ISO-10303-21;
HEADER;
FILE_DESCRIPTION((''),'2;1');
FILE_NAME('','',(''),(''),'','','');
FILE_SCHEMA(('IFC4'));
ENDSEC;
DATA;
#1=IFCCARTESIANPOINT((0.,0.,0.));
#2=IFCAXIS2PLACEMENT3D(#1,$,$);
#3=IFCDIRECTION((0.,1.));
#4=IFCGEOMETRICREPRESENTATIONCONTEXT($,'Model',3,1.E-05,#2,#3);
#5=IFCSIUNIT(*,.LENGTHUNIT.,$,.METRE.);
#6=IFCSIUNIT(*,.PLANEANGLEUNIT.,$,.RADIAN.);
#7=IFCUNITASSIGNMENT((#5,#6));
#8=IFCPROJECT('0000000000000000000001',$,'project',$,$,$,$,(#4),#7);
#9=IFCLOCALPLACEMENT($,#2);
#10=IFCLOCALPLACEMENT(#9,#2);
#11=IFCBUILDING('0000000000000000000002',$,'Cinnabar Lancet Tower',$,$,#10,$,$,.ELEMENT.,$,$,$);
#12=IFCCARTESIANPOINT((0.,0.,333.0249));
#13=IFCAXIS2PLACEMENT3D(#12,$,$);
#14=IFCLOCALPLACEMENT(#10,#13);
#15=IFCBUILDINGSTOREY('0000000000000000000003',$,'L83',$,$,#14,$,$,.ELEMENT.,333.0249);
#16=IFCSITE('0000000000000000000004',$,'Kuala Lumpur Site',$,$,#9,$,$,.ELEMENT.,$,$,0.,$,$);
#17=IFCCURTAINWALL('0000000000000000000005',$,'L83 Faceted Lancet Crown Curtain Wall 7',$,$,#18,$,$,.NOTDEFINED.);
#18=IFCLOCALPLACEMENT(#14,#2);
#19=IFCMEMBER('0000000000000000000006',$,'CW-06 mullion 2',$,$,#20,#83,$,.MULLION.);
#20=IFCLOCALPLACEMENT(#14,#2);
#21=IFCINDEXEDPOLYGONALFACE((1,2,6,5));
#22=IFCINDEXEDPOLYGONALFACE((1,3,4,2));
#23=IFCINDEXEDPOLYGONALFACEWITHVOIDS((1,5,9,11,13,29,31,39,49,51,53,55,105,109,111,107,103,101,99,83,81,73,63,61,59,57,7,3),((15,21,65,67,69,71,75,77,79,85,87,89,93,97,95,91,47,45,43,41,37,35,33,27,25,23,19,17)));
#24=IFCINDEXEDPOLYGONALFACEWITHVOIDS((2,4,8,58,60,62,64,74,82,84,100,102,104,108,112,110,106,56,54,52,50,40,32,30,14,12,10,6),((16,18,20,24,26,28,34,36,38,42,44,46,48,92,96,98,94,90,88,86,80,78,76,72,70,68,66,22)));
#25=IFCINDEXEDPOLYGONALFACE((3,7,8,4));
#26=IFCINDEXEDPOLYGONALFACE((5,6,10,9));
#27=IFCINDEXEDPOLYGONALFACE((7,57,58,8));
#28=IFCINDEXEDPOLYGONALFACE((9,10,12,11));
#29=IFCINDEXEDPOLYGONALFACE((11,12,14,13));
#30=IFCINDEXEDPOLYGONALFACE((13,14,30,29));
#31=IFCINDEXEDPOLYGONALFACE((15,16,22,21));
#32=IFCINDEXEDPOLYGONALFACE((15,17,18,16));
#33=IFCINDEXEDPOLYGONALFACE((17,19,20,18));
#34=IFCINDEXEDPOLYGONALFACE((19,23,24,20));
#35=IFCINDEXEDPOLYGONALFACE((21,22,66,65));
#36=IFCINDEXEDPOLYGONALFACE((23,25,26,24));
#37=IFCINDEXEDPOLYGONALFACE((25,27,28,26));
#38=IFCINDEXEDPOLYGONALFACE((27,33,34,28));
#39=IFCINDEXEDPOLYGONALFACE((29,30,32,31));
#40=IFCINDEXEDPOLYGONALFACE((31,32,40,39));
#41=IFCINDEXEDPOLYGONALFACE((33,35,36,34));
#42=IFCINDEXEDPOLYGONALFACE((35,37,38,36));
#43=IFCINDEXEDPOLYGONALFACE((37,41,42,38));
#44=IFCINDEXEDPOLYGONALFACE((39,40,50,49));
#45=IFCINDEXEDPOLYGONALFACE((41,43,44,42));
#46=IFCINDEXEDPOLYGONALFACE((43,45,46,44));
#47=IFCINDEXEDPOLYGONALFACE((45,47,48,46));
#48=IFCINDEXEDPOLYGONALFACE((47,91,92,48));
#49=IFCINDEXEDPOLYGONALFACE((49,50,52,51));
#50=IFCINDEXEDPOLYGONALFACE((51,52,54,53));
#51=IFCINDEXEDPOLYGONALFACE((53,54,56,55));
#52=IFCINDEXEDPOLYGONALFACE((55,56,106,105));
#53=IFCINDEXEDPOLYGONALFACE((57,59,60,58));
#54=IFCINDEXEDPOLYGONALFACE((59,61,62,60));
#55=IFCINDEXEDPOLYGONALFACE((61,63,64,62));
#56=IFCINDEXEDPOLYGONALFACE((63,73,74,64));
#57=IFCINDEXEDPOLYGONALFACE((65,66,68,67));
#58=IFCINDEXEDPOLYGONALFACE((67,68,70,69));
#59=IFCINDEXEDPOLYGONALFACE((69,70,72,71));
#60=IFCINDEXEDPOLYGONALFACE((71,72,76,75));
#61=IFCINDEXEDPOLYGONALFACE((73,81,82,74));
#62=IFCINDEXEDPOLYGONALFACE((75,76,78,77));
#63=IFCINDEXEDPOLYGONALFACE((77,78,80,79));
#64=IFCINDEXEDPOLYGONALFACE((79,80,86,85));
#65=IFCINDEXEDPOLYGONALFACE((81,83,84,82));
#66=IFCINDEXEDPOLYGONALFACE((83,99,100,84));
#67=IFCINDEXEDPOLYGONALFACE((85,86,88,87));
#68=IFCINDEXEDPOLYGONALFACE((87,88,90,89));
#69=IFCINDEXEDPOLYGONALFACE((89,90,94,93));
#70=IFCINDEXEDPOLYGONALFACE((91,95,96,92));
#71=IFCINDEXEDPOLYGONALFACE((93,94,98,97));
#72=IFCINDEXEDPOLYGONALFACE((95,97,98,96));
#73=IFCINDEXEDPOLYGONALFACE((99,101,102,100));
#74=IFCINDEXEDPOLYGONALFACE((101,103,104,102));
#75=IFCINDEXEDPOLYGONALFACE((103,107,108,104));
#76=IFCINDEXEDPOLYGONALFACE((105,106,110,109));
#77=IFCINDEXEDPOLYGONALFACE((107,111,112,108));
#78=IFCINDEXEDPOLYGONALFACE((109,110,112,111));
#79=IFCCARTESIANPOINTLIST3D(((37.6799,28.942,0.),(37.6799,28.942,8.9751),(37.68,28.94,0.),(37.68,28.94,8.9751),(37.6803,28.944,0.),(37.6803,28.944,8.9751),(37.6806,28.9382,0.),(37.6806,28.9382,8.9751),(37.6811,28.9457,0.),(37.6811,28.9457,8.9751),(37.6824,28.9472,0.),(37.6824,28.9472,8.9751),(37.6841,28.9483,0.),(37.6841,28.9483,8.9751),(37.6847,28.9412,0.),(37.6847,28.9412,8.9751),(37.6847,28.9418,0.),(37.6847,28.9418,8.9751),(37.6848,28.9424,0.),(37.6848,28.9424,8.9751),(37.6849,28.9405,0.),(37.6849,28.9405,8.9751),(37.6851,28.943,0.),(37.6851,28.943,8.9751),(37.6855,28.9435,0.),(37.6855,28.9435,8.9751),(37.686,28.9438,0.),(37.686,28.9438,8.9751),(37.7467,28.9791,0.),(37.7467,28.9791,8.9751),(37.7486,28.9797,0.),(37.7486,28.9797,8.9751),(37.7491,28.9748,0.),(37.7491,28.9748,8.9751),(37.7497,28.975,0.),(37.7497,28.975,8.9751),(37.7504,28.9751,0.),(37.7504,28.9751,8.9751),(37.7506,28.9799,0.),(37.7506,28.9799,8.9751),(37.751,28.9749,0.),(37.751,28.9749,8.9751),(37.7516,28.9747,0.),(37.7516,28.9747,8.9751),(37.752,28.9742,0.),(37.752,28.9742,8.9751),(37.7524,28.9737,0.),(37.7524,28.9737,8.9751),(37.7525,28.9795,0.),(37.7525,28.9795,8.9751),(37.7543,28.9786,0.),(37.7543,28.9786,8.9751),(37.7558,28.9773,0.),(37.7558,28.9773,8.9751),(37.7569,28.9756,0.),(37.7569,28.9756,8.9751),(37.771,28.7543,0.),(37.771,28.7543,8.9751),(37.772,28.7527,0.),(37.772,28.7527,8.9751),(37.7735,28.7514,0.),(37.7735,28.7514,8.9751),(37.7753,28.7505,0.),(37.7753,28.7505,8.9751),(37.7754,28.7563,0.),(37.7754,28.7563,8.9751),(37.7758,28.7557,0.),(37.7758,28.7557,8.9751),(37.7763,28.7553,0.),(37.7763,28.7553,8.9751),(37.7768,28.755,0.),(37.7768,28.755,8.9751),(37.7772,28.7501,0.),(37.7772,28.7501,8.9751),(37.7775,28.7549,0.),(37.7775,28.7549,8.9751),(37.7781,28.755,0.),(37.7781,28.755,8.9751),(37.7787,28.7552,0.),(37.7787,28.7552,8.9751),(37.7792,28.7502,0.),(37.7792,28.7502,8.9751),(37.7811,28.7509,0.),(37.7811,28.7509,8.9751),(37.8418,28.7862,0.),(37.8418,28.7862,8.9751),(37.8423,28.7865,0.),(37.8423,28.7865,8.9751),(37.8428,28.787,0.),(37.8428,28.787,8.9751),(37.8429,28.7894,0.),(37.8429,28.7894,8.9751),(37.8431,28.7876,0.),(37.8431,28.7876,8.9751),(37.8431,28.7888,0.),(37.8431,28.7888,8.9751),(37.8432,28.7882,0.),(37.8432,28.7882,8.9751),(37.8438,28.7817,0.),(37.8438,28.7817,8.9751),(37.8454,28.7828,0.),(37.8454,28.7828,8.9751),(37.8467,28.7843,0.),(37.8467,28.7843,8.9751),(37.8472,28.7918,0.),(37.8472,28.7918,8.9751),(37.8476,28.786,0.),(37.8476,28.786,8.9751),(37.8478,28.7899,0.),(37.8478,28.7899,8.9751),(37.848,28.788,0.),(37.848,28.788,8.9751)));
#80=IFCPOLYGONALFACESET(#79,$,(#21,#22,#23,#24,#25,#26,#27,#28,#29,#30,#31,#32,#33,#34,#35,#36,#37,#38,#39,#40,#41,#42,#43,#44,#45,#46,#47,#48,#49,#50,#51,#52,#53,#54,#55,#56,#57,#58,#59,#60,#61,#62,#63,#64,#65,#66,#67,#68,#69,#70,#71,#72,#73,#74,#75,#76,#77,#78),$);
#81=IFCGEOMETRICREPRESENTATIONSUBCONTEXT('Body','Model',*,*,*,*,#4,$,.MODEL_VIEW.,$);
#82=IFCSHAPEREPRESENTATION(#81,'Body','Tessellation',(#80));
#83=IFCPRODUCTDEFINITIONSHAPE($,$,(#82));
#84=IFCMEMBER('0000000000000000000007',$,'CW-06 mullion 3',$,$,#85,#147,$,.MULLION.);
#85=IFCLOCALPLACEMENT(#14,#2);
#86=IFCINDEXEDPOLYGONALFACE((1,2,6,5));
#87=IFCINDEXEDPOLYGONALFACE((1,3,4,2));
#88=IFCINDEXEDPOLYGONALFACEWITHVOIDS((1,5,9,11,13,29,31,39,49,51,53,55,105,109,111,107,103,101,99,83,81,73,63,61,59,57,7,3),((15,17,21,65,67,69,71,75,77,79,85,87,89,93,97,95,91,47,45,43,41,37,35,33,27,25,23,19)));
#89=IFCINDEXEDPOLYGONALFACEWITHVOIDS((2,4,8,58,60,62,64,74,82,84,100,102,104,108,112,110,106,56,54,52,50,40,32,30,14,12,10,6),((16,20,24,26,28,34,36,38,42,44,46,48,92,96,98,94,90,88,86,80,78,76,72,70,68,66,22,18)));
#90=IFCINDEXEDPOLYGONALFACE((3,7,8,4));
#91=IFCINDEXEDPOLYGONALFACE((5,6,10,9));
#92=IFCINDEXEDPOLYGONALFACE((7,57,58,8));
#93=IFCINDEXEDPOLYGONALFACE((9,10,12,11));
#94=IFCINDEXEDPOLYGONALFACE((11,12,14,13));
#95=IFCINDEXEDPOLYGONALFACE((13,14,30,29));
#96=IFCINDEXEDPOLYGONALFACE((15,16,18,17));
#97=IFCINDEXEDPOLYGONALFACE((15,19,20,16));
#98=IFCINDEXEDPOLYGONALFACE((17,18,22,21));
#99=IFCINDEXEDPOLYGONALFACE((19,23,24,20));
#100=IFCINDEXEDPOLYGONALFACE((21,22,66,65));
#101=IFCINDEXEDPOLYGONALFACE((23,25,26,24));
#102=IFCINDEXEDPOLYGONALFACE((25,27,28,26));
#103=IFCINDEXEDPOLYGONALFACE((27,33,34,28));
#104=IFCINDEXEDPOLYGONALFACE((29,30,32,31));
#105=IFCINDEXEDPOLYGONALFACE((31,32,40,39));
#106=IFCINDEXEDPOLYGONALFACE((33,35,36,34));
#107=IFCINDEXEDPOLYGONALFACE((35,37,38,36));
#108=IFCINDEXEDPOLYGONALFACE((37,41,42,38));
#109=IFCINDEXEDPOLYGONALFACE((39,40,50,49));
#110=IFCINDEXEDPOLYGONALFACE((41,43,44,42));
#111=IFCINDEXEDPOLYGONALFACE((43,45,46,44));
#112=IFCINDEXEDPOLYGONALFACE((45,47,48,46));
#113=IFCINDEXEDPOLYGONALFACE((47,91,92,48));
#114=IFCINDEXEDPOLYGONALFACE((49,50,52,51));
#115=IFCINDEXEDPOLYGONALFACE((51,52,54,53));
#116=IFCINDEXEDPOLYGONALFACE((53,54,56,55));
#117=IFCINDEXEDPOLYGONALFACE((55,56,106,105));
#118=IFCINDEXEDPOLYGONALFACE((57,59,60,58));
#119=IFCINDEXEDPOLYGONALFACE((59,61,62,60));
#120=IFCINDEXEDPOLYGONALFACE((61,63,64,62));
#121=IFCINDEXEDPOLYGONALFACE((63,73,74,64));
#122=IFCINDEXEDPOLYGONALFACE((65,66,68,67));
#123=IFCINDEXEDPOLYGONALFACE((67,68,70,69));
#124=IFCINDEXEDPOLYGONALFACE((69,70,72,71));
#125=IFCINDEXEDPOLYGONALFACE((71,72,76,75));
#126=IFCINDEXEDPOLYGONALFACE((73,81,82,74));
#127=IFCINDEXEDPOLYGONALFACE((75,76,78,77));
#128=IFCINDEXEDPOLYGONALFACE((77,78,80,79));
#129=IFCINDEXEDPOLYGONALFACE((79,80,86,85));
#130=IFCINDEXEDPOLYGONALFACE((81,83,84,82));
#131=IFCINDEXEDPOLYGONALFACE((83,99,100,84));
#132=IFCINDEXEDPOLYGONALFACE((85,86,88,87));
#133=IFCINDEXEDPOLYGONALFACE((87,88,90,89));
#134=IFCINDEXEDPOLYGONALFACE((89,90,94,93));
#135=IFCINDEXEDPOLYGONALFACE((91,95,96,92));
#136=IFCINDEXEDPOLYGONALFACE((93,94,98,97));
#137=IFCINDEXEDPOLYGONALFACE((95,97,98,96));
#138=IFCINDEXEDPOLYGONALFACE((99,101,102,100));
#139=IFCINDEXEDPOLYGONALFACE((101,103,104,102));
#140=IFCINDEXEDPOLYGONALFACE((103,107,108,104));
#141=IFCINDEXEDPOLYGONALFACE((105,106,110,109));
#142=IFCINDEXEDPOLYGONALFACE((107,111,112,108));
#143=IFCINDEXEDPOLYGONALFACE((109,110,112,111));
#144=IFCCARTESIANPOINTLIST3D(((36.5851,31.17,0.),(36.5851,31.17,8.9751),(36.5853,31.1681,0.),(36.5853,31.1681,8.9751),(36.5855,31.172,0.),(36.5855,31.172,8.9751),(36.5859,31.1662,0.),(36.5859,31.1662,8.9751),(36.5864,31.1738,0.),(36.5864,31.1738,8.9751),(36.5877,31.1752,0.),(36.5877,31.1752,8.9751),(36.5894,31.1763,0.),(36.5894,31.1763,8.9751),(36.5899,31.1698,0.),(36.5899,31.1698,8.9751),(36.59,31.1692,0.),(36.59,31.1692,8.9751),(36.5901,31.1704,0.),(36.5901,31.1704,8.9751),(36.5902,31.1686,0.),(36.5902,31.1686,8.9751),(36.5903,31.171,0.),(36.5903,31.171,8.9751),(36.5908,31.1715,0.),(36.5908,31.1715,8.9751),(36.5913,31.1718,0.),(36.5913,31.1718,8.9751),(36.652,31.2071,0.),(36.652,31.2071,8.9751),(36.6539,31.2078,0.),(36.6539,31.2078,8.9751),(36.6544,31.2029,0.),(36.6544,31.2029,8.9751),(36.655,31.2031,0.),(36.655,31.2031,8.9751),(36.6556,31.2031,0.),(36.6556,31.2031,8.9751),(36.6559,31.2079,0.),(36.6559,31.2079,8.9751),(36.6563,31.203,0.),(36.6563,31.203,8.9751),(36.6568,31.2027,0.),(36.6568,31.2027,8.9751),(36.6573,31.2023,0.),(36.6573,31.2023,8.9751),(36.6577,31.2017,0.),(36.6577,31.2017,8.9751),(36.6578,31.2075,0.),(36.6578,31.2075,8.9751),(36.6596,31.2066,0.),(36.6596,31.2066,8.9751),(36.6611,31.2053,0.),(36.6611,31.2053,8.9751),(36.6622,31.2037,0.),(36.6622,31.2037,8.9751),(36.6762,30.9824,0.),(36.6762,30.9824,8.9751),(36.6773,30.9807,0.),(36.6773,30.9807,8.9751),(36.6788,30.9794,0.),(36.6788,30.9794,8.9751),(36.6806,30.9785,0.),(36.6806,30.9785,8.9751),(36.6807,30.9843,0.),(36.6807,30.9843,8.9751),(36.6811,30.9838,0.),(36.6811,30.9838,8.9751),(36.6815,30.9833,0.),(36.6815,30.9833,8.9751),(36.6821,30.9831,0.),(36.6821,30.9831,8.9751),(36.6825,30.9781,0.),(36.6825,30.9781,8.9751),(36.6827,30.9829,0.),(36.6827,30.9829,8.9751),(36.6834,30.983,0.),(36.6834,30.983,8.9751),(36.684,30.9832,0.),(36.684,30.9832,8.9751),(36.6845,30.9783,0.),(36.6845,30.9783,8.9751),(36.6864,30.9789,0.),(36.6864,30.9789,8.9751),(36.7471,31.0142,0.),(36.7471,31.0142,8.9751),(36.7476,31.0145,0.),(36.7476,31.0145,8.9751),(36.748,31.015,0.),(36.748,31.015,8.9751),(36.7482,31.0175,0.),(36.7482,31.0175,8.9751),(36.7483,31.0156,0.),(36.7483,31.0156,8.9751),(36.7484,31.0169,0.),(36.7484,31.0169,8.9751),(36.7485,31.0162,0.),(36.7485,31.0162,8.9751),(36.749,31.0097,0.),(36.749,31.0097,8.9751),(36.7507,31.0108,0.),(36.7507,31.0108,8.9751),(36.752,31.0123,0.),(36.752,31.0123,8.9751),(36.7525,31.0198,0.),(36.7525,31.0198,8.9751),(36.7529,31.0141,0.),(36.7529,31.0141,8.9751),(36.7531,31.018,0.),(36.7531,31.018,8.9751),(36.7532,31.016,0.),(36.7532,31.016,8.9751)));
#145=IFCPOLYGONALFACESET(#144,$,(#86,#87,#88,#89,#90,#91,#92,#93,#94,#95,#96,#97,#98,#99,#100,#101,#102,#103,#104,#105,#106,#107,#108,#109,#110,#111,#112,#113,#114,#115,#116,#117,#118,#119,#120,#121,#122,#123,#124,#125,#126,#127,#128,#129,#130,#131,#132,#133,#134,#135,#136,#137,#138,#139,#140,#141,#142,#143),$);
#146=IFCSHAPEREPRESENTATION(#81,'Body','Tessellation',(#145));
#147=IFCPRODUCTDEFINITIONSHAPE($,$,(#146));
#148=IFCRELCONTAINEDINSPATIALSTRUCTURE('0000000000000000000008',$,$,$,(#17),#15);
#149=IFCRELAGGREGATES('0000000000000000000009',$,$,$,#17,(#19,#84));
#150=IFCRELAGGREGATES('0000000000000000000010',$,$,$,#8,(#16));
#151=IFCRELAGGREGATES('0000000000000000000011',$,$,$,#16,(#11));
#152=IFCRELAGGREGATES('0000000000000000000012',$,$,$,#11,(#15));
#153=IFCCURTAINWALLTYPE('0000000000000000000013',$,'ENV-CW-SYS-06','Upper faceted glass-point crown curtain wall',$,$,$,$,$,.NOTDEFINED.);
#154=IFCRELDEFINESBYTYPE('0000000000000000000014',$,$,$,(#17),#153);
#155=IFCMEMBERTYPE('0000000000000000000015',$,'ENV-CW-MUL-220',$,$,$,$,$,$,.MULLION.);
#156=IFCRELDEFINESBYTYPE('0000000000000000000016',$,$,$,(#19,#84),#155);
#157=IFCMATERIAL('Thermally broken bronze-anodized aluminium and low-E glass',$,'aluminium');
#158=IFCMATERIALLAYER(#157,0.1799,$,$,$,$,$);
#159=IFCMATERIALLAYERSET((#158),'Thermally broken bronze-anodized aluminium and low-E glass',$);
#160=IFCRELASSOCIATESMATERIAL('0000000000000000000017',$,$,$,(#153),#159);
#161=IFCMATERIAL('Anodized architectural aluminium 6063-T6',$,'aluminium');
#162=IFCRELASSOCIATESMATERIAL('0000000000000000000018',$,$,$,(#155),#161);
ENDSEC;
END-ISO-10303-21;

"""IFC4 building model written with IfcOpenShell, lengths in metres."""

from ifc_helpers import new_model, si_unit, direction, frame, origin, origin_2d, place, context, subcontext, project, spatial, hollow_rectangle, extrude, material, layer, layer_set, material_profile, profile_set, type_object, element, aggregate, save


model = new_model("IFC4")

# Units and contexts
model_context = context("Model", 3, precision=1e-05, world=origin(), true_north=direction((0.0, 1.0)))
body_context = subcontext(model_context, "Body", "Model", "MODEL_VIEW")
ifc_project = project(units=[si_unit("LENGTHUNIT", "METRE"), si_unit("PLANEANGLEUNIT", "RADIAN")], contexts=[model_context])

# Site, building, storey
site_placement = place(None, origin())
site = spatial("IfcSite", under=ifc_project, at=site_placement, Name="Kuala Lumpur Site", CompositionType="ELEMENT", RefElevation=0.0)
building_placement = place(site_placement, origin())
building = spatial("IfcBuilding", under=site, at=building_placement, Name="Cinnabar Lancet Tower", CompositionType="ELEMENT")
storey_placement = place(building_placement, frame((0.0, 0.0, 333.0249)))
storey = spatial("IfcBuildingStorey", under=building, at=storey_placement, Name="L83", CompositionType="ELEMENT", Elevation=333.0249)

# Curtain wall, members
ifc_material_1 = material(Name="Thermally broken bronze-anodized aluminium and low-E glass", Category="aluminium")
ifc_layer_1 = layer(ifc_material_1, 0.1799)
ifc_layer_set_1 = layer_set([ifc_layer_1], Name="Thermally broken bronze-anodized aluminium and low-E glass")
curtain_wall_type = type_object("IfcCurtainWallType", Name="ENV-CW-SYS-06", Description="Upper faceted glass-point crown curtain wall", PredefinedType="NOTDEFINED", material=ifc_layer_set_1)
curtain_wall_1_placement = place(storey_placement, origin())
curtain_wall_1 = element("IfcCurtainWall", 1, at=curtain_wall_1_placement, inside=storey, type_object=curtain_wall_type, Name="L83 Faceted Lancet Crown Curtain Wall 7", PredefinedType="NOTDEFINED")
ifc_material_2 = material(Name="Anodized architectural aluminium 6063-T6", Category="aluminium")
ifc_material_profile_1 = material_profile(ifc_material_2, hollow_rectangle(XDim=0.085, YDim=0.22, WallThickness=0.0049, InnerFilletRadius=0.0024, OuterFilletRadius=0.0076, at=origin_2d()), Name="CW-MUL 220x85x5")
ifc_profile_set_1 = profile_set([ifc_material_profile_1], Name="Anodized architectural aluminium 6063-T6")
member_type_1 = type_object("IfcMemberType", Name="ENV-CW-MUL-220", PredefinedType="MULLION", material=ifc_profile_set_1)
member_1_placement = place(storey_placement, frame((37.7639, 28.865, 0.0), z_axis=(0.0, 0.0, 1.0), x_axis=(-0.89751, -0.440994, 0.0)))
member_1 = element("IfcMember", 2, at=member_1_placement, type_object=member_type_1, Name="CW-06 mullion 2", PredefinedType="MULLION", context=body_context, shape_type="SweptSolid", body=[
    extrude(hollow_rectangle(XDim=0.085, YDim=0.22, WallThickness=0.0049, InnerFilletRadius=0.0024, OuterFilletRadius=0.0076, at=origin_2d()), origin(), (0.0, 0.0, 1.0), 8.9751),
])
member_2_placement = place(storey_placement, frame((36.6692, 31.093, 0.0), z_axis=(0.0, 0.0, 1.0), x_axis=(-0.89751, -0.440994, 0.0)))
member_2 = element("IfcMember", 3, at=member_2_placement, type_object=member_type_1, Name="CW-06 mullion 3", PredefinedType="MULLION", context=body_context, shape_type="SweptSolid", body=[
    extrude(hollow_rectangle(XDim=0.085, YDim=0.22, WallThickness=0.0049, InnerFilletRadius=0.0024, OuterFilletRadius=0.0076, at=origin_2d()), origin(), (0.0, 0.0, 1.0), 8.9751),
])

aggregate(curtain_wall_1, [member_1, member_2])

save(model, "model.ifc")
